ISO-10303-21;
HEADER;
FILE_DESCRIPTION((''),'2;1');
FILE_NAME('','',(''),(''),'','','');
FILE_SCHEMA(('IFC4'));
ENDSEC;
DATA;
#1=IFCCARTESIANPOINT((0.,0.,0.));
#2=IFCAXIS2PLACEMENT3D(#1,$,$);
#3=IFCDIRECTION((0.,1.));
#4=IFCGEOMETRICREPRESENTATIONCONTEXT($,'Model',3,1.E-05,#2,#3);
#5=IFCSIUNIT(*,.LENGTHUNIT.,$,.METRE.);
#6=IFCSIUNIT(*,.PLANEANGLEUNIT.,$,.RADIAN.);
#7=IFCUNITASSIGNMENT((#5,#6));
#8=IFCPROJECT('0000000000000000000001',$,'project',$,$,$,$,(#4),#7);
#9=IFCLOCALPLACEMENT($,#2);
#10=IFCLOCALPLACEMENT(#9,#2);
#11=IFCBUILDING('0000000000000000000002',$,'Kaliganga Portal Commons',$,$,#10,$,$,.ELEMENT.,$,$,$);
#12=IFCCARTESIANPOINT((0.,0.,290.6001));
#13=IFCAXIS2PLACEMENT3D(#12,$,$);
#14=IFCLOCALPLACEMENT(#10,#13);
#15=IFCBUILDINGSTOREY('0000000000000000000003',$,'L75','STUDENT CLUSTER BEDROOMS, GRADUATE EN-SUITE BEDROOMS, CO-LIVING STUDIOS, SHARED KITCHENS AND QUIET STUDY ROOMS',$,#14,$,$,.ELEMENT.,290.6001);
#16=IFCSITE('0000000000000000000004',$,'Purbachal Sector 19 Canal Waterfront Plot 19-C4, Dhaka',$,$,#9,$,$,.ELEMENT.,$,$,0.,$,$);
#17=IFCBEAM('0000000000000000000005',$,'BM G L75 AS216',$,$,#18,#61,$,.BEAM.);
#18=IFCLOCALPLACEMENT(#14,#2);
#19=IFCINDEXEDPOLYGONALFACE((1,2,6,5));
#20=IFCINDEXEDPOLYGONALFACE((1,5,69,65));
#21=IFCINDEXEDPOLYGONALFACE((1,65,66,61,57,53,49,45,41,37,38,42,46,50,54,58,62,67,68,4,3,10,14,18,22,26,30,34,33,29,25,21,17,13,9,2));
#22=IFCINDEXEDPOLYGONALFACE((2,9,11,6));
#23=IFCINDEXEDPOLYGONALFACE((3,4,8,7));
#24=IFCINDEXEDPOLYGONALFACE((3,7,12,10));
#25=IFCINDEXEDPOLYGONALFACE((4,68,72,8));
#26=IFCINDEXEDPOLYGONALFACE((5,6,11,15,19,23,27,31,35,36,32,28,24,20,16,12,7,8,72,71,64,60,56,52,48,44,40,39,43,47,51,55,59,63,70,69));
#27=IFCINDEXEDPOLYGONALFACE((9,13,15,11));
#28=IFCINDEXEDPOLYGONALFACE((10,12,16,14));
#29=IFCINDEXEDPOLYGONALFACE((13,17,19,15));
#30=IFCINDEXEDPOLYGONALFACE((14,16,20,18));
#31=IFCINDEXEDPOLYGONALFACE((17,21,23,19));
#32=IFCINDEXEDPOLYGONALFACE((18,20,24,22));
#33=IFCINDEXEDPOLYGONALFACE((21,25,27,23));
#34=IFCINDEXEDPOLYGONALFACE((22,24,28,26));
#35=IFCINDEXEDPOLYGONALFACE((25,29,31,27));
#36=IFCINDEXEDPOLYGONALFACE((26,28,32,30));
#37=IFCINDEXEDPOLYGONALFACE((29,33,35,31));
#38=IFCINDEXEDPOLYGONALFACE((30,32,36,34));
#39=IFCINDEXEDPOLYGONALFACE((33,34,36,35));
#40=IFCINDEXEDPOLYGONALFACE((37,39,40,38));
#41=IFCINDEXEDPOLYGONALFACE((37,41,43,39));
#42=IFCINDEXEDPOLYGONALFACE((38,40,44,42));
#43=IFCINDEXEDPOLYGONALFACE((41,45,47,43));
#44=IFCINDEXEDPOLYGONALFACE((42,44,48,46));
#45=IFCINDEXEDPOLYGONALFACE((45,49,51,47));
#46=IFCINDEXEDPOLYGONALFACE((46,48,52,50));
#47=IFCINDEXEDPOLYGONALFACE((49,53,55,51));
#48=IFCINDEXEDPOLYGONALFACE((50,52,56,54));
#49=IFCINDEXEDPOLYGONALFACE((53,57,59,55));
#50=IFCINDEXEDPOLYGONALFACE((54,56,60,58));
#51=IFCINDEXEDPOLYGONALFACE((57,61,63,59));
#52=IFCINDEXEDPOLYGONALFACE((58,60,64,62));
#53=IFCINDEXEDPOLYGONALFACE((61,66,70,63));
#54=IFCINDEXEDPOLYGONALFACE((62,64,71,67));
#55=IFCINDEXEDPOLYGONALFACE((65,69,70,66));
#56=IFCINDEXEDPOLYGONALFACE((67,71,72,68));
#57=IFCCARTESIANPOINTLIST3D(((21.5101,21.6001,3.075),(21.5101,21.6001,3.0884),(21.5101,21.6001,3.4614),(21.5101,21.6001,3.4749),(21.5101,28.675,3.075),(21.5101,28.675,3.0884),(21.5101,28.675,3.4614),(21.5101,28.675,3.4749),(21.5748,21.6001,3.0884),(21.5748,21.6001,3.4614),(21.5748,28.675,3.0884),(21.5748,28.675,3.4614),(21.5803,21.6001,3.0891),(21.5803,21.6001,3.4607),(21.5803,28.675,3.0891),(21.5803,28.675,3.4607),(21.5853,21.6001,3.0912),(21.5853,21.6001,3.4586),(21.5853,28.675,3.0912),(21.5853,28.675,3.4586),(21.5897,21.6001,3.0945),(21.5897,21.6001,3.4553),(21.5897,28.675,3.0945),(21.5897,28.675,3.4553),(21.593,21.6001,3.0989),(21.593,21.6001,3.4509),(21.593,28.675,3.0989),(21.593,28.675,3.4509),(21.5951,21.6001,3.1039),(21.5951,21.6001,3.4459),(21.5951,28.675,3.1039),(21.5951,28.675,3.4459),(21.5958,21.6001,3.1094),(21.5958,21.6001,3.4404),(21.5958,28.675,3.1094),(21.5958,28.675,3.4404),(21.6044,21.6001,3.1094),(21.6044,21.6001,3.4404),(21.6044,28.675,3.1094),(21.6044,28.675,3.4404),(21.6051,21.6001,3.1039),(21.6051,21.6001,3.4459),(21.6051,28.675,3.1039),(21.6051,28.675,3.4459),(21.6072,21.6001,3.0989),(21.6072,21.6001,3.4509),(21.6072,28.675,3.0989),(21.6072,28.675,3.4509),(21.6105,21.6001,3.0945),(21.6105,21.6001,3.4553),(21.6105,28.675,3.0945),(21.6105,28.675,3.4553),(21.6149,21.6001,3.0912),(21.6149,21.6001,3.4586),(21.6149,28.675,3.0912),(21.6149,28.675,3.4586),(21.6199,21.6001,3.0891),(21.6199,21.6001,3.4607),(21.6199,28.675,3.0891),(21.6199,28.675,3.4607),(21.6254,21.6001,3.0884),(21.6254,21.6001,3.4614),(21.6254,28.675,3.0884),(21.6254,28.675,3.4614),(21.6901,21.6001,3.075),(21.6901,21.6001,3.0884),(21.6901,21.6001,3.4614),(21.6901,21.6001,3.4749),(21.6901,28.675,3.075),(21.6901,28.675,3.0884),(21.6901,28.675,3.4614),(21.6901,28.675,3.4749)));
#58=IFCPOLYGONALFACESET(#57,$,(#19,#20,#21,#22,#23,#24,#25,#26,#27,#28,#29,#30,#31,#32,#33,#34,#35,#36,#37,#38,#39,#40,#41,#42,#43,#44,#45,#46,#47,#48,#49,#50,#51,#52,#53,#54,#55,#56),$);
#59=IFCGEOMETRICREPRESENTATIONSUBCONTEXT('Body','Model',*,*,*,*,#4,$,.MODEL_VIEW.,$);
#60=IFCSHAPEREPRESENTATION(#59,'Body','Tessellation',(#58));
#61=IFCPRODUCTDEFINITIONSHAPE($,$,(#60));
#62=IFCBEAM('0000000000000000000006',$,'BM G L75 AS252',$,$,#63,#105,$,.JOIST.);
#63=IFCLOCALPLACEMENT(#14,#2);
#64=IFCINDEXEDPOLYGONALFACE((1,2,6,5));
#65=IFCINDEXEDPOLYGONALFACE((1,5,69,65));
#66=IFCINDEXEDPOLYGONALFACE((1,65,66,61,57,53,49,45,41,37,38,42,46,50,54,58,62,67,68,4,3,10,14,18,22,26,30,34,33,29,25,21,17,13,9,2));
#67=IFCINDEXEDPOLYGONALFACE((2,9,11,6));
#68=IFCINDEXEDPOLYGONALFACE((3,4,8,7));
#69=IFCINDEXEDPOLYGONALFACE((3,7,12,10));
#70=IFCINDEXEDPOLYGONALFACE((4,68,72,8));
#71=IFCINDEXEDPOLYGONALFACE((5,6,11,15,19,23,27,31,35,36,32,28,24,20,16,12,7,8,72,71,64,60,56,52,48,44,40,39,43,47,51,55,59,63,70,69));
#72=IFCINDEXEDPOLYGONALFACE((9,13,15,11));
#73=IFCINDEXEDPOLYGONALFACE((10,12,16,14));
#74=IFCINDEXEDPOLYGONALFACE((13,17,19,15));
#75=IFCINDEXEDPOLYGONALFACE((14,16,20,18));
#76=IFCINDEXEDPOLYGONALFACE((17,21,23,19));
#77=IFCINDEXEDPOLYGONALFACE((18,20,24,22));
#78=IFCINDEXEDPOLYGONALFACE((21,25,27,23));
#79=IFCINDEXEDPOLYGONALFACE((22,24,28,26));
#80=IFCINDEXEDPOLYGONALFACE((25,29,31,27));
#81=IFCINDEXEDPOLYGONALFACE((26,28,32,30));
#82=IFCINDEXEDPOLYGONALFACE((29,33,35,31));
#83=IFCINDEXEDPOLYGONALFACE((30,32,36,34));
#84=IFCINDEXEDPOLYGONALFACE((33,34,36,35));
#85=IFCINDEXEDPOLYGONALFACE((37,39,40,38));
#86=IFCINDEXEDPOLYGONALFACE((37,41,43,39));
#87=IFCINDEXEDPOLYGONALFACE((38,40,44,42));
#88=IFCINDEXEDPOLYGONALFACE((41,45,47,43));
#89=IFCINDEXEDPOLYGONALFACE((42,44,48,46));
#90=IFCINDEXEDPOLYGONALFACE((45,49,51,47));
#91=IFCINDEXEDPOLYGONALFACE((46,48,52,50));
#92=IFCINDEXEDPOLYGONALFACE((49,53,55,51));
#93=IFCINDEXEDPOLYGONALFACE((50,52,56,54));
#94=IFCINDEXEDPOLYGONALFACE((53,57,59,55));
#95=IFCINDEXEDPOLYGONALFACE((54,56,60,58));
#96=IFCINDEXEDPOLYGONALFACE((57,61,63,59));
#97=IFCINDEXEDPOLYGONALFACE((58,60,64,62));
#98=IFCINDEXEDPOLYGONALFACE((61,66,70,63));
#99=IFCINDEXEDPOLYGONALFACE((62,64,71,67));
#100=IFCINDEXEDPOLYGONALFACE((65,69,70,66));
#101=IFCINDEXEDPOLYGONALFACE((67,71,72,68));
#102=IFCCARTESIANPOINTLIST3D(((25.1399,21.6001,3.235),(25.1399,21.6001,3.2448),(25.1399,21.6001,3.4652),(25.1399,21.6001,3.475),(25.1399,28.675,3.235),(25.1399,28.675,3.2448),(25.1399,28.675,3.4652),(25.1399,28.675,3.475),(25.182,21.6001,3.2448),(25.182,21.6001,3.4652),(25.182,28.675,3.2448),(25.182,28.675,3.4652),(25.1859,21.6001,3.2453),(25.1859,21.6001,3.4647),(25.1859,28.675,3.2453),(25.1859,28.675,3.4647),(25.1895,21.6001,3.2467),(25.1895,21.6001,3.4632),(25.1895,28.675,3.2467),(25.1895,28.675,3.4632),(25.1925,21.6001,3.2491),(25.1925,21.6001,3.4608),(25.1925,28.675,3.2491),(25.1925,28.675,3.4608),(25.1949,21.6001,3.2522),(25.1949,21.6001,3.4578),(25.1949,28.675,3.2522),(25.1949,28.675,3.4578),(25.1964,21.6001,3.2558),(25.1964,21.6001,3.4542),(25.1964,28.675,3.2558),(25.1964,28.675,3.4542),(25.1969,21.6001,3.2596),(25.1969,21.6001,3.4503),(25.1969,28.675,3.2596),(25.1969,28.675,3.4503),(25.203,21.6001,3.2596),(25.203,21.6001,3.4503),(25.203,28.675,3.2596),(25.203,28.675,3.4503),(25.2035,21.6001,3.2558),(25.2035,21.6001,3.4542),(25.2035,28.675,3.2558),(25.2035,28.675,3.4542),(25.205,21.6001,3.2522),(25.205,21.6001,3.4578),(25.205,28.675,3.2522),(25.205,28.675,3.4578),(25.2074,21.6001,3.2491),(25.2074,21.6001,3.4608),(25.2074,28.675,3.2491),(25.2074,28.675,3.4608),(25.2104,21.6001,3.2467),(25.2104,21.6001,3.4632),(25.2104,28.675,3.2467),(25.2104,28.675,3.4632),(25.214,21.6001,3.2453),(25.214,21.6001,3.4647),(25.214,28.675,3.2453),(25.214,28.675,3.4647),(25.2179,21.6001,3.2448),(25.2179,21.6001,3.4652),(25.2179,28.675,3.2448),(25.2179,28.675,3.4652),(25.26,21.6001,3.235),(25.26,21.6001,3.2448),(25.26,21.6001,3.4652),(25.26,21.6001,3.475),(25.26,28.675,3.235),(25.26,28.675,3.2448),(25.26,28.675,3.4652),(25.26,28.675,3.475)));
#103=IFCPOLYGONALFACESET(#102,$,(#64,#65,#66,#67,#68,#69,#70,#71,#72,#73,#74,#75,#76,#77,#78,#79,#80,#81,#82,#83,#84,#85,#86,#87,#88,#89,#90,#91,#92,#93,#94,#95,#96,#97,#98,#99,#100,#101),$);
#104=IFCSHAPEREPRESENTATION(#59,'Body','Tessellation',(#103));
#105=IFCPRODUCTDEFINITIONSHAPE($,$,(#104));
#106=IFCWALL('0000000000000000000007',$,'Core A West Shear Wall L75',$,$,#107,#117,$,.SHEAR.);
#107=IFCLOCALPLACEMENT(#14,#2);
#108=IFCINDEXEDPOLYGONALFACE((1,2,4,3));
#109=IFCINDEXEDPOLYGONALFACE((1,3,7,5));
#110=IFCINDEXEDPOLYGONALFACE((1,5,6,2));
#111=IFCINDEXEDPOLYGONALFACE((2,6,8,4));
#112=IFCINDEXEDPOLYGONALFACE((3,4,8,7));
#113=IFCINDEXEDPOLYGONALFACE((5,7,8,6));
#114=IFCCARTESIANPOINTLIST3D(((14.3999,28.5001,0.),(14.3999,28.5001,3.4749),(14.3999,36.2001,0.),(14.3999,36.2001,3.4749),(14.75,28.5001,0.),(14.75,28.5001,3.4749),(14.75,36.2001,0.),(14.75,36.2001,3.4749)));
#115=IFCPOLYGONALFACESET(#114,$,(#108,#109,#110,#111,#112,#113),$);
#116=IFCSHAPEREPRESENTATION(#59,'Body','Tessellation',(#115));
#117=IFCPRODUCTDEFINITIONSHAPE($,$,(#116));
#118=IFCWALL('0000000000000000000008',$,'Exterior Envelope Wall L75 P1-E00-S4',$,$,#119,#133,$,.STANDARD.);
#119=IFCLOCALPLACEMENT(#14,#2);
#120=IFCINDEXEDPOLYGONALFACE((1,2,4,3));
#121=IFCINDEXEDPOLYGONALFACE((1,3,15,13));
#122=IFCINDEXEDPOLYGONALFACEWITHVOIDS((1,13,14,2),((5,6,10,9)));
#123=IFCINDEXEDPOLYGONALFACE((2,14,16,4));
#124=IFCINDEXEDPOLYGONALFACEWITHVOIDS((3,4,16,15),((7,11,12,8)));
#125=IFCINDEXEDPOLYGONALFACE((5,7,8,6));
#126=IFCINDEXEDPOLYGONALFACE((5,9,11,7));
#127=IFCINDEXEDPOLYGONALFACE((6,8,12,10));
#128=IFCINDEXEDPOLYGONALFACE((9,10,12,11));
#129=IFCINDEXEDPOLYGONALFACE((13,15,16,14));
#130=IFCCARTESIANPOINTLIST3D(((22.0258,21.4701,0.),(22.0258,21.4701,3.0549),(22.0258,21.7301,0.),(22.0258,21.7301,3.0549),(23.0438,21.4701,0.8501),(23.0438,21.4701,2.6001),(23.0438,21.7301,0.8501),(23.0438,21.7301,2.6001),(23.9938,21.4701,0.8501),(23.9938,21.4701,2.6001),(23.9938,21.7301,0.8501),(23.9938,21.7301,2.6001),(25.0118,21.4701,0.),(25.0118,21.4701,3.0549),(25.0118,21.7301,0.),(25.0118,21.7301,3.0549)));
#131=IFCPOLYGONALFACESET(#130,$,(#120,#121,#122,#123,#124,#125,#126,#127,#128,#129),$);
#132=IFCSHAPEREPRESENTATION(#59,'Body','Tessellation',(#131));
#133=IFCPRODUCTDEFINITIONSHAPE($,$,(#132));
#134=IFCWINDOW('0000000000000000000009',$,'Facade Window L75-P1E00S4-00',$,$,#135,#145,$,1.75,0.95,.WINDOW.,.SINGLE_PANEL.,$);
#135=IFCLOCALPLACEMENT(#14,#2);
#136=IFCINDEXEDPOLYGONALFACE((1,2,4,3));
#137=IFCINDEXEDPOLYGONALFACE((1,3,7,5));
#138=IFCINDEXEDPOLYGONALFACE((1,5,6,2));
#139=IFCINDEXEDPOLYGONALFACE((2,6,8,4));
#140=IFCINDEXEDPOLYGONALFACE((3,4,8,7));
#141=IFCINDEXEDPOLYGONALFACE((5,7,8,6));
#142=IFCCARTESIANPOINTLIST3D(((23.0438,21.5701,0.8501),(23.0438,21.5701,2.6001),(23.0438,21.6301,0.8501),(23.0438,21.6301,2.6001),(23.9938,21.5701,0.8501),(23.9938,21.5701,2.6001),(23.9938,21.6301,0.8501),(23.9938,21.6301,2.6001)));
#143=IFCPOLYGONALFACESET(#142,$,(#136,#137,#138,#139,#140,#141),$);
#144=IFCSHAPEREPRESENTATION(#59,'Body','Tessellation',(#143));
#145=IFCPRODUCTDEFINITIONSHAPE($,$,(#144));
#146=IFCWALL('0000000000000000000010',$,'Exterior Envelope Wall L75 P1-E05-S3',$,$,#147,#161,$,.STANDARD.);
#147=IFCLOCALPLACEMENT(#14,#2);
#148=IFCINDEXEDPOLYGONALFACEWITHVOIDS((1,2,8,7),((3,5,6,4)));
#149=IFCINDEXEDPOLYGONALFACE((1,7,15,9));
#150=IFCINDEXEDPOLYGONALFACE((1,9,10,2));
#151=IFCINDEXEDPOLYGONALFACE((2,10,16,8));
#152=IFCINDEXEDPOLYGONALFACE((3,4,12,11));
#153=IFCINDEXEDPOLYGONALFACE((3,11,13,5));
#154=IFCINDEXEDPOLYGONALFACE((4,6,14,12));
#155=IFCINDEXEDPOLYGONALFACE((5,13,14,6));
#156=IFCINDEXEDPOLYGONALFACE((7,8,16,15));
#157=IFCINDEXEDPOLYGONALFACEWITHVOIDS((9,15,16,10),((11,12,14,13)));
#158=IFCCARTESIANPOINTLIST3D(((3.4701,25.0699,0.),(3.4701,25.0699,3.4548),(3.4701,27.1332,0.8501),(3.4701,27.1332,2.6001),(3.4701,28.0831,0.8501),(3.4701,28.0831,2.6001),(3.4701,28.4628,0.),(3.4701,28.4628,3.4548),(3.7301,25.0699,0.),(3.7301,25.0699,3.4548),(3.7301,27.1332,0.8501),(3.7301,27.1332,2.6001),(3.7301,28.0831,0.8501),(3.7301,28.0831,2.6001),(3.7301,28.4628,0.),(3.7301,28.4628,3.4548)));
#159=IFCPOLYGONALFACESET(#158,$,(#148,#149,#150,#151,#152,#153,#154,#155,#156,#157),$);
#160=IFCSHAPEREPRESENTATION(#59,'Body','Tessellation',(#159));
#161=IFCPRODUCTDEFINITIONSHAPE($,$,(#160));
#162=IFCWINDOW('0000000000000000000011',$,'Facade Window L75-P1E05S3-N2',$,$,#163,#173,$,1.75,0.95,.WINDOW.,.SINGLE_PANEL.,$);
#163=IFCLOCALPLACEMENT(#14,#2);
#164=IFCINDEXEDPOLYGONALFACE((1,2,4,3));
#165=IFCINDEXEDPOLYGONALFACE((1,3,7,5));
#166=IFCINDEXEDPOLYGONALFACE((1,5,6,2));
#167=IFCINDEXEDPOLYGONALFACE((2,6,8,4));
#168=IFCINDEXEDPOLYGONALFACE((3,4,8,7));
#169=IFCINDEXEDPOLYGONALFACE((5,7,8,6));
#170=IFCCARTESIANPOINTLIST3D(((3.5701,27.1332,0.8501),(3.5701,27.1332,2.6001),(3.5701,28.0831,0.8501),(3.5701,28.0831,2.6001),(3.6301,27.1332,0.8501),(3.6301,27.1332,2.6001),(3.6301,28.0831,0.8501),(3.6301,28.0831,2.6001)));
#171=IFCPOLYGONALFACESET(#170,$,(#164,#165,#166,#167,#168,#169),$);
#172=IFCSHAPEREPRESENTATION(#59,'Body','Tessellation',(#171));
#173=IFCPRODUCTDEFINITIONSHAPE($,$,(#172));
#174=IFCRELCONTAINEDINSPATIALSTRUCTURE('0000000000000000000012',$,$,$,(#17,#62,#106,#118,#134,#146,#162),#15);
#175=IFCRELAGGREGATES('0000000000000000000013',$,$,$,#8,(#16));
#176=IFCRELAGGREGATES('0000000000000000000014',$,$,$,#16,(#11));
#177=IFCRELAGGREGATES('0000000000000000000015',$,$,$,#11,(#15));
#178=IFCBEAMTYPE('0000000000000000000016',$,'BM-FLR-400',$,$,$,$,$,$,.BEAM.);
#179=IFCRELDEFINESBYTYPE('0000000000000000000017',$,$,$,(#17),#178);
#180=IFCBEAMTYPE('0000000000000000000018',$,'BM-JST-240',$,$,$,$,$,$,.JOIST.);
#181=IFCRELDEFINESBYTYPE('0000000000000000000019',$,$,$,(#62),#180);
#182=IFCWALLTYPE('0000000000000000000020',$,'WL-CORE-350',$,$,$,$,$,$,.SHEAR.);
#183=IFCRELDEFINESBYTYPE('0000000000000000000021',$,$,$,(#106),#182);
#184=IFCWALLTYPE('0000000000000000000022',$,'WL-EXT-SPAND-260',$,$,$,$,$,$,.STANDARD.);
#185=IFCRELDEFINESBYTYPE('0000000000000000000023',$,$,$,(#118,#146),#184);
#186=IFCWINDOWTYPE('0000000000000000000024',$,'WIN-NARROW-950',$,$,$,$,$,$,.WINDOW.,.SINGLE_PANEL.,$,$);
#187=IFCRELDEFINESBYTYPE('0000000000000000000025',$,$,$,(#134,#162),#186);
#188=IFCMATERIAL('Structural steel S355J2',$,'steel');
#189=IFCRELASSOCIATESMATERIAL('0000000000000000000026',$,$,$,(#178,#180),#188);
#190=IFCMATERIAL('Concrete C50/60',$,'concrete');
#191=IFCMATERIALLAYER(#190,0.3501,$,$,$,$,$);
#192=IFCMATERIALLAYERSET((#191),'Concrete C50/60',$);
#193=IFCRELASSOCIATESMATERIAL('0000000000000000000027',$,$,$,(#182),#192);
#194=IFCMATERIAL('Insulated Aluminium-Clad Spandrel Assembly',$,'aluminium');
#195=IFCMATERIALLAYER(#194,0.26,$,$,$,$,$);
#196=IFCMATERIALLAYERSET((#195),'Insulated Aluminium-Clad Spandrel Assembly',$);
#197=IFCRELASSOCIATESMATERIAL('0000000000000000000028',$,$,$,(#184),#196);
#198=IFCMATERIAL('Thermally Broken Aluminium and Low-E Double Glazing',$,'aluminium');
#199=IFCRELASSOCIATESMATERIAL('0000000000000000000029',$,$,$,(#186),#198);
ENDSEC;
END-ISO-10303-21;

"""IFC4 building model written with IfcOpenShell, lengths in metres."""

from ifc_helpers import new_model, si_unit, direction, frame, frame_2d, origin, origin_2d, place, context, subcontext, project, spatial, rectangle, i_section, extrude, source, transform, mapped, material, layer, layer_set, material_profile, profile_set, type_object, element, fill, save


model = new_model("IFC4")

# Units and contexts
model_context = context("Model", 3, precision=1e-05, world=origin(), true_north=direction((0.0, 1.0)))
body_context = subcontext(model_context, "Body", "Model", "MODEL_VIEW")
ifc_project = project(units=[si_unit("LENGTHUNIT", "METRE"), si_unit("PLANEANGLEUNIT", "RADIAN")], contexts=[model_context])

# Site, building, storey
site_placement = place(None, origin())
site = spatial("IfcSite", under=ifc_project, at=site_placement, Name="Purbachal Sector 19 Canal Waterfront Plot 19-C4, Dhaka", CompositionType="ELEMENT", RefElevation=0.0)
building_placement = place(site_placement, origin())
building = spatial("IfcBuilding", under=site, at=building_placement, Name="Kaliganga Portal Commons", CompositionType="ELEMENT")
storey_placement = place(building_placement, frame((0.0, 0.0, 290.6001)))
storey = spatial("IfcBuildingStorey", under=building, at=storey_placement, Name="L75", Description="STUDENT CLUSTER BEDROOMS, GRADUATE EN-SUITE BEDROOMS, CO-LIVING STUDIOS, SHARED KITCHENS AND QUIET STUDY ROOMS", CompositionType="ELEMENT", Elevation=290.6001)

# Shared definitions
ifc_material_1 = material(Name="Concrete C50/60", Category="concrete")
ifc_material_2 = material(Name="Structural steel S355J2", Category="steel")

# Beams
ifc_material_profile_1 = material_profile(ifc_material_2, i_section(OverallWidth=0.1799, OverallDepth=0.3999, WebThickness=0.0085, FlangeThickness=0.0134, FilletRadius=0.021, at=origin_2d()), Name="IPE 400")
ifc_profile_set_1 = profile_set([ifc_material_profile_1], Name="Structural steel S355J2 wide-flange")
beam_type_1 = type_object("IfcBeamType", Name="BM-FLR-400", PredefinedType="BEAM", material=ifc_profile_set_1)
shared_shape_1 = source(origin(), body_context, "Body", "SweptSolid", [
    extrude(i_section(OverallWidth=0.1799, OverallDepth=0.3999, WebThickness=0.0085, FlangeThickness=0.0134, FilletRadius=0.021, at=origin_2d()), origin(), (0.0, 0.0, 1.0), 7.075),
])
beam_1_placement = place(storey_placement, frame((21.6001, 21.6001, 3.2749), z_axis=(0.0, 1.0, 0.0), x_axis=(-1.0, 0.0, 0.0)))
element("IfcBeam", 1, at=beam_1_placement, inside=storey, type_object=beam_type_1, Name="BM G L75 AS216", PredefinedType="BEAM", context=body_context, shape_type="MappedRepresentation", body=[
    mapped(shared_shape_1, transform((0.0, 0.0, 0.0), x_axis=(1.0, 0.0, 0.0), y_axis=(0.0, 1.0, 0.0), z_axis=(0.0, 0.0, 1.0), scale=1.0)),
])
ifc_material_profile_2 = material_profile(ifc_material_2, i_section(OverallWidth=0.1201, OverallDepth=0.24, WebThickness=0.0061, FlangeThickness=0.0098, FilletRadius=0.0149, at=origin_2d()), Name="IPE 240")
ifc_profile_set_2 = profile_set([ifc_material_profile_2], Name="Structural steel S355J2 wide-flange")
beam_type_2 = type_object("IfcBeamType", Name="BM-JST-240", PredefinedType="JOIST", material=ifc_profile_set_2)
shared_shape_2 = source(origin(), body_context, "Body", "SweptSolid", [
    extrude(i_section(OverallWidth=0.1201, OverallDepth=0.24, WebThickness=0.0061, FlangeThickness=0.0098, FilletRadius=0.0149, at=origin_2d()), origin(), (0.0, 0.0, 1.0), 7.075),
])
beam_2_placement = place(storey_placement, frame((25.2, 21.6001, 3.355), z_axis=(0.0, 1.0, 0.0), x_axis=(-1.0, 0.0, 0.0)))
element("IfcBeam", 2, at=beam_2_placement, inside=storey, type_object=beam_type_2, Name="BM G L75 AS252", PredefinedType="JOIST", context=body_context, shape_type="MappedRepresentation", body=[
    mapped(shared_shape_2, transform((0.0, 0.0, 0.0), x_axis=(1.0, 0.0, 0.0), y_axis=(0.0, 1.0, 0.0), z_axis=(0.0, 0.0, 1.0), scale=1.0)),
])

# Wall
ifc_layer_1 = layer(ifc_material_1, 0.3501)
ifc_layer_set_1 = layer_set([ifc_layer_1], Name="Concrete C50/60")
wall_type_1 = type_object("IfcWallType", Name="WL-CORE-350", PredefinedType="SHEAR", material=ifc_layer_set_1)
wall_1_placement = place(storey_placement, frame((14.575, 28.5, 0.0), z_axis=(0.0, 0.0, 1.0), x_axis=(0.0, 1.0, 0.0)))
element("IfcWall", 3, at=wall_1_placement, inside=storey, type_object=wall_type_1, Name="Core A West Shear Wall L75", PredefinedType="SHEAR", context=body_context, shape_type="SweptSolid", body=[
    extrude(rectangle(XDim=7.7, YDim=0.3501, at=frame_2d((3.8501, 0.0))), origin(), (0.0, 0.0, 1.0), 3.4749),
])

# Walls, openings, windows
ifc_material_3 = material(Name="Insulated Aluminium-Clad Spandrel Assembly", Category="aluminium")
ifc_layer_2 = layer(ifc_material_3, 0.26)
ifc_layer_set_2 = layer_set([ifc_layer_2], Name="Insulated Aluminium-Clad Spandrel Assembly")
wall_type_2 = type_object("IfcWallType", Name="WL-EXT-SPAND-260", PredefinedType="STANDARD", material=ifc_layer_set_2)
wall_2_placement = place(storey_placement, frame((25.012, 21.6001, 0.0), z_axis=(0.0, 0.0, 1.0), x_axis=(-1.0, 0.0, 0.0)))
wall_2 = element("IfcWall", 4, at=wall_2_placement, inside=storey, type_object=wall_type_2, Name="Exterior Envelope Wall L75 P1-E00-S4", PredefinedType="STANDARD", context=body_context, shape_type="SweptSolid", body=[
    extrude(rectangle(XDim=2.9861, YDim=0.26, at=frame_2d((1.4932, 0.0))), origin(), (0.0, 0.0, 1.0), 3.0549),
])
opening_1_placement = place(wall_2_placement, frame((1.0181, 0.0, 0.8501)))
opening_1 = element("IfcOpeningElement", 5, at=opening_1_placement, cuts=wall_2, PredefinedType="OPENING", context=body_context, shape_type="SweptSolid", body=[
    extrude(rectangle(XDim=0.95, YDim=1.75, at=frame_2d((0.4751, 0.875))), frame((0.0, 0.1401, 0.0), z_axis=(0.0, -1.0, 0.0), x_axis=(1.0, 0.0, 0.0)), (0.0, 0.0, 1.0), 0.28),
])
ifc_material_4 = material(Name="Thermally Broken Aluminium and Low-E Double Glazing", Category="aluminium")
window_type_1 = type_object("IfcWindowType", Name="WIN-NARROW-950", PartitioningType="SINGLE_PANEL", PredefinedType="WINDOW", material=ifc_material_4)
window_1_placement = place(opening_1_placement, origin())
window_1 = element("IfcWindow", 6, at=window_1_placement, inside=storey, type_object=window_type_1, Name="Facade Window L75-P1E00S4-00", OverallHeight=1.75, OverallWidth=0.95, PartitioningType="SINGLE_PANEL", PredefinedType="WINDOW", context=body_context, shape_type="SweptSolid", body=[
    extrude(rectangle(XDim=0.95, YDim=1.75, at=frame_2d((0.4751, 0.875))), frame((0.0, 0.03, 0.0), z_axis=(0.0, -1.0, 0.0), x_axis=(1.0, 0.0, 0.0)), (0.0, 0.0, 1.0), 0.0601),
])
fill(opening_1, window_1)
wall_3_placement = place(storey_placement, frame((3.6001, 25.0701, 0.0), z_axis=(0.0, 0.0, 1.0), x_axis=(0.0, 1.0, 0.0)))
wall_3 = element("IfcWall", 7, at=wall_3_placement, inside=storey, type_object=wall_type_2, Name="Exterior Envelope Wall L75 P1-E05-S3", PredefinedType="STANDARD", context=body_context, shape_type="SweptSolid", body=[
    extrude(rectangle(XDim=3.3928, YDim=0.26, at=frame_2d((1.6963, 0.0))), origin(), (0.0, 0.0, 1.0), 3.4548),
])
opening_2_placement = place(wall_3_placement, frame((2.063, 0.0, 0.8501)))
opening_2 = element("IfcOpeningElement", 8, at=opening_2_placement, cuts=wall_3, PredefinedType="OPENING", context=body_context, shape_type="SweptSolid", body=[
    extrude(rectangle(XDim=0.95, YDim=1.75, at=frame_2d((0.4751, 0.875))), frame((0.0, 0.1401, 0.0), z_axis=(0.0, -1.0, 0.0), x_axis=(1.0, 0.0, 0.0)), (0.0, 0.0, 1.0), 0.28),
])
window_2_placement = place(opening_2_placement, origin())
window_2 = element("IfcWindow", 9, at=window_2_placement, inside=storey, type_object=window_type_1, Name="Facade Window L75-P1E05S3-N2", OverallHeight=1.75, OverallWidth=0.95, PartitioningType="SINGLE_PANEL", PredefinedType="WINDOW", context=body_context, shape_type="SweptSolid", body=[
    extrude(rectangle(XDim=0.95, YDim=1.75, at=frame_2d((0.4751, 0.875))), frame((0.0, 0.03, 0.0), z_axis=(0.0, -1.0, 0.0), x_axis=(1.0, 0.0, 0.0)), (0.0, 0.0, 1.0), 0.0601),
])
fill(opening_2, window_2)

save(model, "model.ifc")
